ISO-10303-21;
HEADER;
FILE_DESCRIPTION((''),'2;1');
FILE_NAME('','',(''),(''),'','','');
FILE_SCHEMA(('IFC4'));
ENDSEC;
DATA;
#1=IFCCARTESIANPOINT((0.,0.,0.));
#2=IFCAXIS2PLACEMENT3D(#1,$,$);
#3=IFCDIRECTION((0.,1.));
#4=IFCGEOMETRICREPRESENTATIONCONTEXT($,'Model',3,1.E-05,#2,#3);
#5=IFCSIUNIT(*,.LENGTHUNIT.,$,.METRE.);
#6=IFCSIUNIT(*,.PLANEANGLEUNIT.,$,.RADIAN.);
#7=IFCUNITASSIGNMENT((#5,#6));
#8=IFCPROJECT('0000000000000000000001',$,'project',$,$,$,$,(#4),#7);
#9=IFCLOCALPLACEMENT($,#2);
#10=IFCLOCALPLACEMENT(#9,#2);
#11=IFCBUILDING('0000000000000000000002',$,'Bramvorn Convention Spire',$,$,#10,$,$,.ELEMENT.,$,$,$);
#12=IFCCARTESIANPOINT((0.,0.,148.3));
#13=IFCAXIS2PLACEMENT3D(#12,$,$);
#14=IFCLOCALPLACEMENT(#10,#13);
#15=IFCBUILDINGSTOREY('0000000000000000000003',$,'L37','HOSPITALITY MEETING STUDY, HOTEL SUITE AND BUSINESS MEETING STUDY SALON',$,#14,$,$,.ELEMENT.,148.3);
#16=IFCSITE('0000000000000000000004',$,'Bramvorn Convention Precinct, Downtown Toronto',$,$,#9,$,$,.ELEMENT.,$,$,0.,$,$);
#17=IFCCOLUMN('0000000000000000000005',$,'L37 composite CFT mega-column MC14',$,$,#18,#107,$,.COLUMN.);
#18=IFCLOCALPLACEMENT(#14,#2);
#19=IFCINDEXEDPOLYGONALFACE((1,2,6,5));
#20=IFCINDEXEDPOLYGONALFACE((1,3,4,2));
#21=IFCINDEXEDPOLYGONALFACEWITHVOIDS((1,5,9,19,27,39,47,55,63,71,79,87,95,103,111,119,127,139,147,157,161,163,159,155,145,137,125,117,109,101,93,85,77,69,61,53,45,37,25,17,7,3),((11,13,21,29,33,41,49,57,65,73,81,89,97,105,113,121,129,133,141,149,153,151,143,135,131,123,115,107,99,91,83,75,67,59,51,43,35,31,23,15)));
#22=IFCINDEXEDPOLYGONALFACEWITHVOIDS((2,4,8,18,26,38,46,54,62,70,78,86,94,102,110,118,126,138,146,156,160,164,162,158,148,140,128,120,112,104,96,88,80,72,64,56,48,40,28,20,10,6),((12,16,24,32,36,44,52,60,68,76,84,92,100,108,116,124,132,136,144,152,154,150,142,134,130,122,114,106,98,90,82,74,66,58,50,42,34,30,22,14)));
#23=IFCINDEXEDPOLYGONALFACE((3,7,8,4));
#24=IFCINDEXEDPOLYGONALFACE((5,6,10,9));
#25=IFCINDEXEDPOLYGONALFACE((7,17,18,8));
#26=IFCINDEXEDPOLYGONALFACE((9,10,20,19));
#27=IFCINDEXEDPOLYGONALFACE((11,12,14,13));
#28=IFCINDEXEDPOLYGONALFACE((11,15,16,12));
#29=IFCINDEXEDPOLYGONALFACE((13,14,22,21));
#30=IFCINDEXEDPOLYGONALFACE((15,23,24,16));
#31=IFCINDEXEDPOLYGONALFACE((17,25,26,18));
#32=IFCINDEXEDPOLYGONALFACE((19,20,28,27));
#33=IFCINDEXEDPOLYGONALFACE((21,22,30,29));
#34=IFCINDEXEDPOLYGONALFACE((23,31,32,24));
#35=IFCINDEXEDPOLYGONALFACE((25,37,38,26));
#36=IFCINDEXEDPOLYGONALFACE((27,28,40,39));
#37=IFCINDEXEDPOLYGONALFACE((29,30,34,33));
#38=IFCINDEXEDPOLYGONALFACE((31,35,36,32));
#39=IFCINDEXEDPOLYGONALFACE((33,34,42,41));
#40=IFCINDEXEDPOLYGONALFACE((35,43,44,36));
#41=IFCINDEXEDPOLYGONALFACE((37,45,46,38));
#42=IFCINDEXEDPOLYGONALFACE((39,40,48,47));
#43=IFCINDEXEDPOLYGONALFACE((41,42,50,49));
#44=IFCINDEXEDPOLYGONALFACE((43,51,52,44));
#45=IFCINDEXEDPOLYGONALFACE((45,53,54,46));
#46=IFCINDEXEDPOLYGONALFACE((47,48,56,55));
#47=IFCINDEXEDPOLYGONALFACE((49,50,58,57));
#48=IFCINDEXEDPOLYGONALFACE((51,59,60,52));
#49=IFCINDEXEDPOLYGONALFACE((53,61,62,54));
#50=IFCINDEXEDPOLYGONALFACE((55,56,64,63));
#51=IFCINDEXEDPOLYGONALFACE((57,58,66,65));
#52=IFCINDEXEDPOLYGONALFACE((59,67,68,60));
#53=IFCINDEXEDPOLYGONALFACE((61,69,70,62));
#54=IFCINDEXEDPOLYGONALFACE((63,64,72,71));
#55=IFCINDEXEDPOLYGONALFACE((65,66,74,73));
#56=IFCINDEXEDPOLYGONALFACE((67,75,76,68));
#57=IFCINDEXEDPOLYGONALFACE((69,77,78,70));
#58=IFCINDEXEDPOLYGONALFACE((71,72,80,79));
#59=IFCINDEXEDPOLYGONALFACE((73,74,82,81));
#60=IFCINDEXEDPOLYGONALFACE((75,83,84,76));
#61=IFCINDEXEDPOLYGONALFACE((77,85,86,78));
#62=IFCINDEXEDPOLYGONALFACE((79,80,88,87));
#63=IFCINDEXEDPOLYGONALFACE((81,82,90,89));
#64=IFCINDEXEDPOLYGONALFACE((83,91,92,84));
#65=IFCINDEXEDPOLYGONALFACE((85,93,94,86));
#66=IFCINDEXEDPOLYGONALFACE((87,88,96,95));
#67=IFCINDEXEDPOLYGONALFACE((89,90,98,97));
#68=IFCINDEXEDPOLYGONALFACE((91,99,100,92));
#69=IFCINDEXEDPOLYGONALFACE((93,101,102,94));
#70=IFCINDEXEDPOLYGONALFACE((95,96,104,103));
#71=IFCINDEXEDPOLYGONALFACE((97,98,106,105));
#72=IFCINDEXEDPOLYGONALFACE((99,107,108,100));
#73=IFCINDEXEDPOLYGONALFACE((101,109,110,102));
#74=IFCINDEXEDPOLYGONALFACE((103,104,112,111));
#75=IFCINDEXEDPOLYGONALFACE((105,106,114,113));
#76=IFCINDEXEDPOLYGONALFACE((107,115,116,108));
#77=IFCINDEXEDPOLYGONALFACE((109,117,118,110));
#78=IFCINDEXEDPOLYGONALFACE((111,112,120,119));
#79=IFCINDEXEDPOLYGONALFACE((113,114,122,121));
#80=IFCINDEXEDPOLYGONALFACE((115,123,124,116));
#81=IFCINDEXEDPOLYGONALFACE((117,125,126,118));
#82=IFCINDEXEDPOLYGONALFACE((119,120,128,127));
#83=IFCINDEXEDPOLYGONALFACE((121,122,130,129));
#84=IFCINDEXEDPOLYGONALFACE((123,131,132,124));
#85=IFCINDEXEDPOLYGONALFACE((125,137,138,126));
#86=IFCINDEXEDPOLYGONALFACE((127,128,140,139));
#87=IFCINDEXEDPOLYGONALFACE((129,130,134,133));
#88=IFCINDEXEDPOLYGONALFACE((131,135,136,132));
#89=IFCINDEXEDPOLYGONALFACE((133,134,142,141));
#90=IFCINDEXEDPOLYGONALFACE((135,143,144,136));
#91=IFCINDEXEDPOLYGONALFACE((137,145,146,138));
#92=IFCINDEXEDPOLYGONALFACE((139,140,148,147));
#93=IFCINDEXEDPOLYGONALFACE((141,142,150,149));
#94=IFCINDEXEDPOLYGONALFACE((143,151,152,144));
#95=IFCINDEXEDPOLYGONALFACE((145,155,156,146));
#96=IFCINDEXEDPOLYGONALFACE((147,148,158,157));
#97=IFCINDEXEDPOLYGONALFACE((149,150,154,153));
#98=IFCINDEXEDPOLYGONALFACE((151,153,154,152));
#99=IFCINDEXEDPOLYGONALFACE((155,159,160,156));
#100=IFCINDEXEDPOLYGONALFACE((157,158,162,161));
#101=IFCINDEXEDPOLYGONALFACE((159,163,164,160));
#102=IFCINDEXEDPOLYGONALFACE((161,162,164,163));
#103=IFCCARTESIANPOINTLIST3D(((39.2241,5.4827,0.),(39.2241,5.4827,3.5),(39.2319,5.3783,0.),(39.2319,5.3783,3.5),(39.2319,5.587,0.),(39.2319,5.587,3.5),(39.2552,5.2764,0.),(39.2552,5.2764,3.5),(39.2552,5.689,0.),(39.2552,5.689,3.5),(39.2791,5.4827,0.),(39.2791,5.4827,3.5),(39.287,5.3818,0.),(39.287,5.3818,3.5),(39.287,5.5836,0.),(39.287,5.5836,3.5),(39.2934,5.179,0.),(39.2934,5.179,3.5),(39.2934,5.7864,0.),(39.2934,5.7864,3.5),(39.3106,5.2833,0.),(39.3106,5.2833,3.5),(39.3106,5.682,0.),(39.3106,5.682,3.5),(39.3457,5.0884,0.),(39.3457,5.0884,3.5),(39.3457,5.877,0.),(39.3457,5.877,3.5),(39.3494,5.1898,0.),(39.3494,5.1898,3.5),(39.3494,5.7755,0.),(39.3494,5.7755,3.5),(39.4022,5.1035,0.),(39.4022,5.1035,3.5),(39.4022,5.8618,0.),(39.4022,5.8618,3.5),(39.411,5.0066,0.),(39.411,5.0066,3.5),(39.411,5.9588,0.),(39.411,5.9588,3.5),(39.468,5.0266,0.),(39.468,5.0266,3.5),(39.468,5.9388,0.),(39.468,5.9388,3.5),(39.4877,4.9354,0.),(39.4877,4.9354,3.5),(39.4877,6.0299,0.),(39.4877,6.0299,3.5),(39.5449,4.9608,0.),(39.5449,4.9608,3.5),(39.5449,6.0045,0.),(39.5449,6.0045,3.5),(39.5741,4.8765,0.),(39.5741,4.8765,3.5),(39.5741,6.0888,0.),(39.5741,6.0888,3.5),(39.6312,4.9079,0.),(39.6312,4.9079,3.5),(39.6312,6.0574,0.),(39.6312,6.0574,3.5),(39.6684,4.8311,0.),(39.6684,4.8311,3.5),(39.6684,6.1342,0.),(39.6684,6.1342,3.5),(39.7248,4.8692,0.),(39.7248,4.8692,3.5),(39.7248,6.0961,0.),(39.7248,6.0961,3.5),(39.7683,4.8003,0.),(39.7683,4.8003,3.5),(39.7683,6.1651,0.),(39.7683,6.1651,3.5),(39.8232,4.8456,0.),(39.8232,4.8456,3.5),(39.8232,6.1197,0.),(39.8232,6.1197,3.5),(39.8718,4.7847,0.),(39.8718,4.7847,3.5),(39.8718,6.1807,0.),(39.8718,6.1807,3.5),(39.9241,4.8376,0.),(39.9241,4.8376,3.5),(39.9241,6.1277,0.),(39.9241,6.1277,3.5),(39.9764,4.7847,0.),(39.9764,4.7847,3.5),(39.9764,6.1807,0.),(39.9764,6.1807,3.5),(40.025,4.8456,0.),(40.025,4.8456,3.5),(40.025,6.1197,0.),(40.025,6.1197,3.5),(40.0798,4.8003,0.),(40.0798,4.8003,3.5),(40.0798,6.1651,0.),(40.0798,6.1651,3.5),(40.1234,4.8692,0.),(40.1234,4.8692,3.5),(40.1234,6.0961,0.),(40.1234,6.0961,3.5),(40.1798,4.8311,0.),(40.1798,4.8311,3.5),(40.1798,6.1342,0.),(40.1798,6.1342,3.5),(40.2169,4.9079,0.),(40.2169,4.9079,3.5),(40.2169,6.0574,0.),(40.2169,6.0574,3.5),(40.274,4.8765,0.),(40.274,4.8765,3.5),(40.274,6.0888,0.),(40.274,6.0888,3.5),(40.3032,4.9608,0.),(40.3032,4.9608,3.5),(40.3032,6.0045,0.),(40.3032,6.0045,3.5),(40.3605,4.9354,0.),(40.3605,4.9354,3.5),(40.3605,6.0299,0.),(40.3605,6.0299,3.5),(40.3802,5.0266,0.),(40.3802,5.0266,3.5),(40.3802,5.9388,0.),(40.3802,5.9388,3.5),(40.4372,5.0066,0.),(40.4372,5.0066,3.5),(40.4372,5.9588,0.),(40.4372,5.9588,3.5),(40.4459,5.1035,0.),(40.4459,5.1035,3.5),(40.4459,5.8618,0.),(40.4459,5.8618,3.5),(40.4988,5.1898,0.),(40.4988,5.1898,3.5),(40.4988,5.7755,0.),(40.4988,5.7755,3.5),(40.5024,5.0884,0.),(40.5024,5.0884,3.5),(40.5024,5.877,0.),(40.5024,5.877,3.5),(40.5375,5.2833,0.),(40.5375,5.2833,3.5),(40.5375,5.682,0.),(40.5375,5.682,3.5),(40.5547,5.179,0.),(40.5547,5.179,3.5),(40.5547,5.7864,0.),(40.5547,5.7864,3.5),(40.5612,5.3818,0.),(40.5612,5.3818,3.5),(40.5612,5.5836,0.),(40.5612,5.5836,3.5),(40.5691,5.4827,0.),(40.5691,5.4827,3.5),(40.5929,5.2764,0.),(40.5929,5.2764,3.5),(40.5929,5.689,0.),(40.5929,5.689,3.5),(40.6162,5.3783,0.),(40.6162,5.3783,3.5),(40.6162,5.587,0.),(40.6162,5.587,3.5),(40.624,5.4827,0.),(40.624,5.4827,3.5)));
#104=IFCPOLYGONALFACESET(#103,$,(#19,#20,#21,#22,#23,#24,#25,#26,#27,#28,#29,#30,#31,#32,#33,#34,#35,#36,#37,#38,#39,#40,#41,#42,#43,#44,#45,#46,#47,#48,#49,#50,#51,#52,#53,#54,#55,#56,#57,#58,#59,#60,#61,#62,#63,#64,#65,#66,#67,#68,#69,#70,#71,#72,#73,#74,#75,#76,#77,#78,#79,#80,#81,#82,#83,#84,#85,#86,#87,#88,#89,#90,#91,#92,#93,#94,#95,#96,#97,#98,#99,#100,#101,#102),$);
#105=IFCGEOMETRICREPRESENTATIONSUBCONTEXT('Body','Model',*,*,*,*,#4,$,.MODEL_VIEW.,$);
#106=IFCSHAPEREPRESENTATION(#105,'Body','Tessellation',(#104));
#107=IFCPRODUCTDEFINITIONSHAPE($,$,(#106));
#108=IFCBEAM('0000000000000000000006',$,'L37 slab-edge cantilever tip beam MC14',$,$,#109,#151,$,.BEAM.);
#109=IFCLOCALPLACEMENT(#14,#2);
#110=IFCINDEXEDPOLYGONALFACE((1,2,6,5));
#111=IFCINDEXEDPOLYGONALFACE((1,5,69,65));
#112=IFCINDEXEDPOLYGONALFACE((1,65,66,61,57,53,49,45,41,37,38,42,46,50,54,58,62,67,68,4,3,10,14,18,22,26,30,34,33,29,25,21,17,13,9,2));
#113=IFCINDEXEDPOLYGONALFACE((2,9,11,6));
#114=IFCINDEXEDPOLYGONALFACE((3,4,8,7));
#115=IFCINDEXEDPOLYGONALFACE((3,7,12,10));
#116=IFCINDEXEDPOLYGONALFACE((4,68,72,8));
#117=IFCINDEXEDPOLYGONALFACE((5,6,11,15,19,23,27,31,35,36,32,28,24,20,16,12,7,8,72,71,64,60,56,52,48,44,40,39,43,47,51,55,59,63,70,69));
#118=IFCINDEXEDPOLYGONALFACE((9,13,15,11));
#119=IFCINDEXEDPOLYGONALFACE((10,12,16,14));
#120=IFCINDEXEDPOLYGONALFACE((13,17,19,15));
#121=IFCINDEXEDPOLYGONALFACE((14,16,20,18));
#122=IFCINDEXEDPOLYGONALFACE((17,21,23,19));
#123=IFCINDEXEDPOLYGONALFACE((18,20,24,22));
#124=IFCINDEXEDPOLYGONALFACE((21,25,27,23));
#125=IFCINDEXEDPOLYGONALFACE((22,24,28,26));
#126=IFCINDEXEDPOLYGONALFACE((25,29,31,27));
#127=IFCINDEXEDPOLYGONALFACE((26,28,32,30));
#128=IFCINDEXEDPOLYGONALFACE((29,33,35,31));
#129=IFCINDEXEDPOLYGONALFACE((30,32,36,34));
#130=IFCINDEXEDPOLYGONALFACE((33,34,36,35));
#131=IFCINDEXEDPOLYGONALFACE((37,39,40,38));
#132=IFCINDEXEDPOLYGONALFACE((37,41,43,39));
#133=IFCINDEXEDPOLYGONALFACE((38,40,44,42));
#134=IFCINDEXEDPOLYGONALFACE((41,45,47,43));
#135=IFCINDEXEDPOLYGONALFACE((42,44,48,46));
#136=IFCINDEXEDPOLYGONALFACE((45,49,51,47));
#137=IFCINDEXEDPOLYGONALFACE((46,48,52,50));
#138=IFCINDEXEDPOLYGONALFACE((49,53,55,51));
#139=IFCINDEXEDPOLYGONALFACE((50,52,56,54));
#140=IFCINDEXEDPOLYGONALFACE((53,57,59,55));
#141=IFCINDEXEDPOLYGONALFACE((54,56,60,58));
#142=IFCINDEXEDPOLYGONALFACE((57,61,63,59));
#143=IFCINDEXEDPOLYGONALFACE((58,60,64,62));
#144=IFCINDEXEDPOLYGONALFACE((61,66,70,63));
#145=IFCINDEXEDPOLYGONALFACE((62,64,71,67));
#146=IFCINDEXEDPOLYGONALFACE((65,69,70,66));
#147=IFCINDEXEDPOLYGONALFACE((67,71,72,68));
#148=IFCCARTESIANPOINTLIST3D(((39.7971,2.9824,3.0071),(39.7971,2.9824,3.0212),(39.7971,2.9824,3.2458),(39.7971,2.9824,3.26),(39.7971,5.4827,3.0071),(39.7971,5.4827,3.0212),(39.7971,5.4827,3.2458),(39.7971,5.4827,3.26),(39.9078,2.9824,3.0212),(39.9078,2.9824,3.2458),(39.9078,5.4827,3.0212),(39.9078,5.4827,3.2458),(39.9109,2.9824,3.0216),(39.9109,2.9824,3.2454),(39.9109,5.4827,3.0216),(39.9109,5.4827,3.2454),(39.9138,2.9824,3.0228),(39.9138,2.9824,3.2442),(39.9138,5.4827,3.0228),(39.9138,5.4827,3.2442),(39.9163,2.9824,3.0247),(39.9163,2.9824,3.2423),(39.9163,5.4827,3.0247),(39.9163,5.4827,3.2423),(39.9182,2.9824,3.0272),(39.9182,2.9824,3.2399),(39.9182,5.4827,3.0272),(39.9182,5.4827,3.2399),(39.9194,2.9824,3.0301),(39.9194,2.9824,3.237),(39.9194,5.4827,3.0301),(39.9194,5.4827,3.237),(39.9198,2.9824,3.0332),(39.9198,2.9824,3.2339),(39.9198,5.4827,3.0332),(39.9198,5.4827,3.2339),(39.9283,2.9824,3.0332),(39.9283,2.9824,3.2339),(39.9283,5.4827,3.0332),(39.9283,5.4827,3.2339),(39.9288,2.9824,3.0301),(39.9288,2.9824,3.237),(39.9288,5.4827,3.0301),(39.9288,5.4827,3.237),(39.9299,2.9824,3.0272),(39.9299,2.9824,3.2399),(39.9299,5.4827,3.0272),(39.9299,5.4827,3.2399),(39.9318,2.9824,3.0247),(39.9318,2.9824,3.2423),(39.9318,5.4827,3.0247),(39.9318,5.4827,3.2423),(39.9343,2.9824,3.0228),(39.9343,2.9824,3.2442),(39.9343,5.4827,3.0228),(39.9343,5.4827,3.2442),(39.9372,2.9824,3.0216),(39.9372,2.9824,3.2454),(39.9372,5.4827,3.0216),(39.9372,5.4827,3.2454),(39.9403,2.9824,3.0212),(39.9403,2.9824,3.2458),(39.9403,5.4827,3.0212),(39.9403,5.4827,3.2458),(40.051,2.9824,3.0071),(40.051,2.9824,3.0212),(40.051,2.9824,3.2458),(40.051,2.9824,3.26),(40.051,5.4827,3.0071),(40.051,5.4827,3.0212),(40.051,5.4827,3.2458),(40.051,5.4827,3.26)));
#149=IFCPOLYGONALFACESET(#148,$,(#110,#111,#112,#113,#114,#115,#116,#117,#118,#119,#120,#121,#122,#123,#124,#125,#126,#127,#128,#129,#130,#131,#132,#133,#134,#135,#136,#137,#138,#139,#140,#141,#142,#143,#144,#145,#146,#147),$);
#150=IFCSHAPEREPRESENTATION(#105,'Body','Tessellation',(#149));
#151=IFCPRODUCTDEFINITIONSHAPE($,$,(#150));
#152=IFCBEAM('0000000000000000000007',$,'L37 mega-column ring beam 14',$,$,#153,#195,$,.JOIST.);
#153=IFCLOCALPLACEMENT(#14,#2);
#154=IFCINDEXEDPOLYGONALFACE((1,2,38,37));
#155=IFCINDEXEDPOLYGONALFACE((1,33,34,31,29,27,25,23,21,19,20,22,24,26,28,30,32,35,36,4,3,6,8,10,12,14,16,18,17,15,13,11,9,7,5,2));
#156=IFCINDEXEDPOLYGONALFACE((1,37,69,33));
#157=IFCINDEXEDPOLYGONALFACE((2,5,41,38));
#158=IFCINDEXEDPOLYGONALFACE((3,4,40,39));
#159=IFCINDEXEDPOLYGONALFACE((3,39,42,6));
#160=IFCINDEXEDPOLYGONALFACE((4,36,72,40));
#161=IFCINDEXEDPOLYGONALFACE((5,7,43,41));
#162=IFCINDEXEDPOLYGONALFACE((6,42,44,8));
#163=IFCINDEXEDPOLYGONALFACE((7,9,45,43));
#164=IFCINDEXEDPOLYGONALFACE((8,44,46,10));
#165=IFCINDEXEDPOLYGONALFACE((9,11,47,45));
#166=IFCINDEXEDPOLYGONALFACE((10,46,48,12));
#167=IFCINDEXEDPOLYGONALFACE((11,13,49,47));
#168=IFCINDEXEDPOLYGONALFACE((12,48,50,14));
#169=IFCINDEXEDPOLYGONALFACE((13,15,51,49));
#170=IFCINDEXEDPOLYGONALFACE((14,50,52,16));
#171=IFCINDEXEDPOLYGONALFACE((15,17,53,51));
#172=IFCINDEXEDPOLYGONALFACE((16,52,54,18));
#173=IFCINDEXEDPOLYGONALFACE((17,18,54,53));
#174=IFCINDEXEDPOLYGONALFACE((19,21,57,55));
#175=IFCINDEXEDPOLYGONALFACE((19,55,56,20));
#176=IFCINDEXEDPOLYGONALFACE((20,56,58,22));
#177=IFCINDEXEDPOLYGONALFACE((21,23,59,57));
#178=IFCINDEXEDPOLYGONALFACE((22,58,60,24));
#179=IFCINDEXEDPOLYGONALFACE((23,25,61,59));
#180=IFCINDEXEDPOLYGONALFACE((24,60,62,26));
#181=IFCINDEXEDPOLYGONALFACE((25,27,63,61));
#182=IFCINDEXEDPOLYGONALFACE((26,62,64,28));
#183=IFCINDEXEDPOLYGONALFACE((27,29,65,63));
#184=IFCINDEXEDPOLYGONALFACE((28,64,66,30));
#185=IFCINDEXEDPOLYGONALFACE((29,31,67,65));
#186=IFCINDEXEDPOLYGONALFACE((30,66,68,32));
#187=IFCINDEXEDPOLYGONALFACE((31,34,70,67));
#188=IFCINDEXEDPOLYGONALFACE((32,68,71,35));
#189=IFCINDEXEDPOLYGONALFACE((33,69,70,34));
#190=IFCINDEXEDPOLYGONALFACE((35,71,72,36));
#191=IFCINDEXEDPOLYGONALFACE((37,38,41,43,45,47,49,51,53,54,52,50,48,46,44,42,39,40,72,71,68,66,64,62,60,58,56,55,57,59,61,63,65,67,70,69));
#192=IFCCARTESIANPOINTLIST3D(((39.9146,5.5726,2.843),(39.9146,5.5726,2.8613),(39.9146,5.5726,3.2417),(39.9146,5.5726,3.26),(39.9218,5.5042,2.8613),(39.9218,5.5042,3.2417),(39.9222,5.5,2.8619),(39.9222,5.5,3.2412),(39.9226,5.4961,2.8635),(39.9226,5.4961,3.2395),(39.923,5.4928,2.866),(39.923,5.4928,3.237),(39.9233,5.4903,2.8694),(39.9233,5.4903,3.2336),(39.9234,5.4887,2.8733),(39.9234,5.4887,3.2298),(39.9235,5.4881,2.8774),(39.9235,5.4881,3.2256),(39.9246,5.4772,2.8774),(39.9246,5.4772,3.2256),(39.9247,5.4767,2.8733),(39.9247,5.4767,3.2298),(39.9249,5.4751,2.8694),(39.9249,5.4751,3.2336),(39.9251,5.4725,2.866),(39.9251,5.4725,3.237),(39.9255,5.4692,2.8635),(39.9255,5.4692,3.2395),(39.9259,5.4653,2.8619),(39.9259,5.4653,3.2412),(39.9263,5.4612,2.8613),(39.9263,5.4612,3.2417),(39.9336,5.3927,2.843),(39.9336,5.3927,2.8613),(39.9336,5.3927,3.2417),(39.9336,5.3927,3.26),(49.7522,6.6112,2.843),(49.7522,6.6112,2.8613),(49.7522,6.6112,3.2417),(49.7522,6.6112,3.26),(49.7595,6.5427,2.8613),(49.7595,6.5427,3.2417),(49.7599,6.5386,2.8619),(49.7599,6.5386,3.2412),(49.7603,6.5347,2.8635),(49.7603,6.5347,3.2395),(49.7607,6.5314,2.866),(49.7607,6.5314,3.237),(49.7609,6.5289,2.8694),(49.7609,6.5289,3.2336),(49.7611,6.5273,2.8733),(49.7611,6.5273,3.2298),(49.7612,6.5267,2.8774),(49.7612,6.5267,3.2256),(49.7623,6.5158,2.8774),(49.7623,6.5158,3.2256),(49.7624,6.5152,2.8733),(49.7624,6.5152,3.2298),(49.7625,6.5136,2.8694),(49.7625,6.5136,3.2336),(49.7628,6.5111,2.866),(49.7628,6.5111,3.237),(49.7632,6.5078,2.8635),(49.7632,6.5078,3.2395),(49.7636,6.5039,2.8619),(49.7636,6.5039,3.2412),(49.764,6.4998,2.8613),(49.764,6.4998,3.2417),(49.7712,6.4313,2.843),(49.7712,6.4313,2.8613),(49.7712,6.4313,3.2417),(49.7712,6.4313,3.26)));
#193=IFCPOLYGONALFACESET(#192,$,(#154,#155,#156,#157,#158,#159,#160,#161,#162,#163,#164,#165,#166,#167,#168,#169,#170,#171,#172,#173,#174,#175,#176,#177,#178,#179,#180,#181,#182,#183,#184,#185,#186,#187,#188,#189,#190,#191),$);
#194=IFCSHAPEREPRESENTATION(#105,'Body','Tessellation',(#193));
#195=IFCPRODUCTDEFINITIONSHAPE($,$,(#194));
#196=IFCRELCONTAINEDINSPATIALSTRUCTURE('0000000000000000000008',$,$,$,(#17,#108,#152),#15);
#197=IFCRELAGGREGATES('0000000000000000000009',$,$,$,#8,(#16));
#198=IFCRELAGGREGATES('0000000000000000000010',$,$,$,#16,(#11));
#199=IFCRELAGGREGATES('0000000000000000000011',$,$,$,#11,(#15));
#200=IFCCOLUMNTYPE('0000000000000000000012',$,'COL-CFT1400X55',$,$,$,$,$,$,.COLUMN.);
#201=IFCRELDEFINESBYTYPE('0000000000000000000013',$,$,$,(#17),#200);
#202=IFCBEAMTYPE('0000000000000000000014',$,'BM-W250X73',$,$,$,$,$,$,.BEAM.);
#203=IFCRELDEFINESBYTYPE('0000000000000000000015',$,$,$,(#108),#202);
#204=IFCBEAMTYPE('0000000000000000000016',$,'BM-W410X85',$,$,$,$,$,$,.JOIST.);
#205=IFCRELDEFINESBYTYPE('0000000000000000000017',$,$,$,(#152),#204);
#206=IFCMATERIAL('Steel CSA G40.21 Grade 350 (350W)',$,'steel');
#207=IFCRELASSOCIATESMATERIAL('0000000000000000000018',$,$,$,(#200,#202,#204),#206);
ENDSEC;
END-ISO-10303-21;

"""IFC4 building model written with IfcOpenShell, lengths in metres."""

from ifc_helpers import new_model, si_unit, direction, frame, origin, origin_2d, place, context, subcontext, project, spatial, hollow_circle, i_section, extrude, material, material_profile, profile_set, type_object, element, save


model = new_model("IFC4")

# Units and contexts
model_context = context("Model", 3, precision=1e-05, world=origin(), true_north=direction((0.0, 1.0)))
body_context = subcontext(model_context, "Body", "Model", "MODEL_VIEW")
ifc_project = project(units=[si_unit("LENGTHUNIT", "METRE"), si_unit("PLANEANGLEUNIT", "RADIAN")], contexts=[model_context])

# Site, building, storey
site_placement = place(None, origin())
site = spatial("IfcSite", under=ifc_project, at=site_placement, Name="Bramvorn Convention Precinct, Downtown Toronto", CompositionType="ELEMENT", RefElevation=0.0)
building_placement = place(site_placement, origin())
building = spatial("IfcBuilding", under=site, at=building_placement, Name="Bramvorn Convention Spire", CompositionType="ELEMENT")
storey_placement = place(building_placement, frame((0.0, 0.0, 148.3)))
storey = spatial("IfcBuildingStorey", under=building, at=storey_placement, Name="L37", Description="HOSPITALITY MEETING STUDY, HOTEL SUITE AND BUSINESS MEETING STUDY SALON", CompositionType="ELEMENT", Elevation=148.3)

# Column
ifc_material_1 = material(Name="Steel CSA G40.21 Grade 350 (350W)", Category="steel")
ifc_material_profile_1 = material_profile(ifc_material_1, hollow_circle(Radius=0.7, WallThickness=0.0549, at=origin_2d()))
ifc_profile_set_1 = profile_set([ifc_material_profile_1], Name="Steel CSA G40.21 Grade 350 (350W) - CFT1400X55")
column_type = type_object("IfcColumnType", Name="COL-CFT1400X55", PredefinedType="COLUMN", material=ifc_profile_set_1)
column_placement = place(storey_placement, frame((39.9241, 5.4827, 0.0), z_axis=(0.0, 0.0, 1.0), x_axis=(1.0, 0.0, 0.0)))
element("IfcColumn", 1, at=column_placement, inside=storey, type_object=column_type, Name="L37 composite CFT mega-column MC14", PredefinedType="COLUMN", context=body_context, shape_type="SweptSolid", body=[
    extrude(hollow_circle(Radius=0.7, WallThickness=0.0549, at=origin_2d()), origin(), (0.0, 0.0, 1.0), 3.5),
])

# Beams
ifc_material_profile_2 = material_profile(ifc_material_1, i_section(OverallWidth=0.2539, OverallDepth=0.2529, WebThickness=0.0085, FlangeThickness=0.0142, FilletRadius=0.012, at=origin_2d()))
ifc_profile_set_2 = profile_set([ifc_material_profile_2], Name="Steel CSA G40.21 Grade 350 (350W) - W250X73")
beam_type_1 = type_object("IfcBeamType", Name="BM-W250X73", PredefinedType="BEAM", material=ifc_profile_set_2)
beam_1_placement = place(storey_placement, frame((39.9241, 5.4827, 3.1335), z_axis=(0.0, -1.0, 0.0), x_axis=(1.0, 0.0, 0.0)))
element("IfcBeam", 2, at=beam_1_placement, inside=storey, type_object=beam_type_1, Name="L37 slab-edge cantilever tip beam MC14", PredefinedType="BEAM", context=body_context, shape_type="SweptSolid", body=[
    extrude(i_section(OverallWidth=0.2539, OverallDepth=0.2529, WebThickness=0.0085, FlangeThickness=0.0142, FilletRadius=0.012, at=origin_2d()), origin(), (0.0, 0.0, 1.0), 2.5002),
])
ifc_material_profile_3 = material_profile(ifc_material_1, i_section(OverallWidth=0.1809, OverallDepth=0.417, WebThickness=0.011, FlangeThickness=0.0183, FilletRadius=0.0161, at=origin_2d()))
ifc_profile_set_3 = profile_set([ifc_material_profile_3], Name="Steel CSA G40.21 Grade 350 (350W) - W410X85")
beam_type_2 = type_object("IfcBeamType", Name="BM-W410X85", PredefinedType="JOIST", material=ifc_profile_set_3)
beam_2_placement = place(storey_placement, frame((39.9241, 5.4827, 3.0515), z_axis=(0.994473, 0.104988, 0.0), x_axis=(-0.104988, 0.994473, 0.0)))
element("IfcBeam", 3, at=beam_2_placement, inside=storey, type_object=beam_type_2, Name="L37 mega-column ring beam 14", PredefinedType="JOIST", context=body_context, shape_type="SweptSolid", body=[
    extrude(i_section(OverallWidth=0.1809, OverallDepth=0.417, WebThickness=0.011, FlangeThickness=0.0183, FilletRadius=0.0161, at=origin_2d()), origin(), (0.0, 0.0, 1.0), 9.8923),
])

save(model, "model.ifc")
